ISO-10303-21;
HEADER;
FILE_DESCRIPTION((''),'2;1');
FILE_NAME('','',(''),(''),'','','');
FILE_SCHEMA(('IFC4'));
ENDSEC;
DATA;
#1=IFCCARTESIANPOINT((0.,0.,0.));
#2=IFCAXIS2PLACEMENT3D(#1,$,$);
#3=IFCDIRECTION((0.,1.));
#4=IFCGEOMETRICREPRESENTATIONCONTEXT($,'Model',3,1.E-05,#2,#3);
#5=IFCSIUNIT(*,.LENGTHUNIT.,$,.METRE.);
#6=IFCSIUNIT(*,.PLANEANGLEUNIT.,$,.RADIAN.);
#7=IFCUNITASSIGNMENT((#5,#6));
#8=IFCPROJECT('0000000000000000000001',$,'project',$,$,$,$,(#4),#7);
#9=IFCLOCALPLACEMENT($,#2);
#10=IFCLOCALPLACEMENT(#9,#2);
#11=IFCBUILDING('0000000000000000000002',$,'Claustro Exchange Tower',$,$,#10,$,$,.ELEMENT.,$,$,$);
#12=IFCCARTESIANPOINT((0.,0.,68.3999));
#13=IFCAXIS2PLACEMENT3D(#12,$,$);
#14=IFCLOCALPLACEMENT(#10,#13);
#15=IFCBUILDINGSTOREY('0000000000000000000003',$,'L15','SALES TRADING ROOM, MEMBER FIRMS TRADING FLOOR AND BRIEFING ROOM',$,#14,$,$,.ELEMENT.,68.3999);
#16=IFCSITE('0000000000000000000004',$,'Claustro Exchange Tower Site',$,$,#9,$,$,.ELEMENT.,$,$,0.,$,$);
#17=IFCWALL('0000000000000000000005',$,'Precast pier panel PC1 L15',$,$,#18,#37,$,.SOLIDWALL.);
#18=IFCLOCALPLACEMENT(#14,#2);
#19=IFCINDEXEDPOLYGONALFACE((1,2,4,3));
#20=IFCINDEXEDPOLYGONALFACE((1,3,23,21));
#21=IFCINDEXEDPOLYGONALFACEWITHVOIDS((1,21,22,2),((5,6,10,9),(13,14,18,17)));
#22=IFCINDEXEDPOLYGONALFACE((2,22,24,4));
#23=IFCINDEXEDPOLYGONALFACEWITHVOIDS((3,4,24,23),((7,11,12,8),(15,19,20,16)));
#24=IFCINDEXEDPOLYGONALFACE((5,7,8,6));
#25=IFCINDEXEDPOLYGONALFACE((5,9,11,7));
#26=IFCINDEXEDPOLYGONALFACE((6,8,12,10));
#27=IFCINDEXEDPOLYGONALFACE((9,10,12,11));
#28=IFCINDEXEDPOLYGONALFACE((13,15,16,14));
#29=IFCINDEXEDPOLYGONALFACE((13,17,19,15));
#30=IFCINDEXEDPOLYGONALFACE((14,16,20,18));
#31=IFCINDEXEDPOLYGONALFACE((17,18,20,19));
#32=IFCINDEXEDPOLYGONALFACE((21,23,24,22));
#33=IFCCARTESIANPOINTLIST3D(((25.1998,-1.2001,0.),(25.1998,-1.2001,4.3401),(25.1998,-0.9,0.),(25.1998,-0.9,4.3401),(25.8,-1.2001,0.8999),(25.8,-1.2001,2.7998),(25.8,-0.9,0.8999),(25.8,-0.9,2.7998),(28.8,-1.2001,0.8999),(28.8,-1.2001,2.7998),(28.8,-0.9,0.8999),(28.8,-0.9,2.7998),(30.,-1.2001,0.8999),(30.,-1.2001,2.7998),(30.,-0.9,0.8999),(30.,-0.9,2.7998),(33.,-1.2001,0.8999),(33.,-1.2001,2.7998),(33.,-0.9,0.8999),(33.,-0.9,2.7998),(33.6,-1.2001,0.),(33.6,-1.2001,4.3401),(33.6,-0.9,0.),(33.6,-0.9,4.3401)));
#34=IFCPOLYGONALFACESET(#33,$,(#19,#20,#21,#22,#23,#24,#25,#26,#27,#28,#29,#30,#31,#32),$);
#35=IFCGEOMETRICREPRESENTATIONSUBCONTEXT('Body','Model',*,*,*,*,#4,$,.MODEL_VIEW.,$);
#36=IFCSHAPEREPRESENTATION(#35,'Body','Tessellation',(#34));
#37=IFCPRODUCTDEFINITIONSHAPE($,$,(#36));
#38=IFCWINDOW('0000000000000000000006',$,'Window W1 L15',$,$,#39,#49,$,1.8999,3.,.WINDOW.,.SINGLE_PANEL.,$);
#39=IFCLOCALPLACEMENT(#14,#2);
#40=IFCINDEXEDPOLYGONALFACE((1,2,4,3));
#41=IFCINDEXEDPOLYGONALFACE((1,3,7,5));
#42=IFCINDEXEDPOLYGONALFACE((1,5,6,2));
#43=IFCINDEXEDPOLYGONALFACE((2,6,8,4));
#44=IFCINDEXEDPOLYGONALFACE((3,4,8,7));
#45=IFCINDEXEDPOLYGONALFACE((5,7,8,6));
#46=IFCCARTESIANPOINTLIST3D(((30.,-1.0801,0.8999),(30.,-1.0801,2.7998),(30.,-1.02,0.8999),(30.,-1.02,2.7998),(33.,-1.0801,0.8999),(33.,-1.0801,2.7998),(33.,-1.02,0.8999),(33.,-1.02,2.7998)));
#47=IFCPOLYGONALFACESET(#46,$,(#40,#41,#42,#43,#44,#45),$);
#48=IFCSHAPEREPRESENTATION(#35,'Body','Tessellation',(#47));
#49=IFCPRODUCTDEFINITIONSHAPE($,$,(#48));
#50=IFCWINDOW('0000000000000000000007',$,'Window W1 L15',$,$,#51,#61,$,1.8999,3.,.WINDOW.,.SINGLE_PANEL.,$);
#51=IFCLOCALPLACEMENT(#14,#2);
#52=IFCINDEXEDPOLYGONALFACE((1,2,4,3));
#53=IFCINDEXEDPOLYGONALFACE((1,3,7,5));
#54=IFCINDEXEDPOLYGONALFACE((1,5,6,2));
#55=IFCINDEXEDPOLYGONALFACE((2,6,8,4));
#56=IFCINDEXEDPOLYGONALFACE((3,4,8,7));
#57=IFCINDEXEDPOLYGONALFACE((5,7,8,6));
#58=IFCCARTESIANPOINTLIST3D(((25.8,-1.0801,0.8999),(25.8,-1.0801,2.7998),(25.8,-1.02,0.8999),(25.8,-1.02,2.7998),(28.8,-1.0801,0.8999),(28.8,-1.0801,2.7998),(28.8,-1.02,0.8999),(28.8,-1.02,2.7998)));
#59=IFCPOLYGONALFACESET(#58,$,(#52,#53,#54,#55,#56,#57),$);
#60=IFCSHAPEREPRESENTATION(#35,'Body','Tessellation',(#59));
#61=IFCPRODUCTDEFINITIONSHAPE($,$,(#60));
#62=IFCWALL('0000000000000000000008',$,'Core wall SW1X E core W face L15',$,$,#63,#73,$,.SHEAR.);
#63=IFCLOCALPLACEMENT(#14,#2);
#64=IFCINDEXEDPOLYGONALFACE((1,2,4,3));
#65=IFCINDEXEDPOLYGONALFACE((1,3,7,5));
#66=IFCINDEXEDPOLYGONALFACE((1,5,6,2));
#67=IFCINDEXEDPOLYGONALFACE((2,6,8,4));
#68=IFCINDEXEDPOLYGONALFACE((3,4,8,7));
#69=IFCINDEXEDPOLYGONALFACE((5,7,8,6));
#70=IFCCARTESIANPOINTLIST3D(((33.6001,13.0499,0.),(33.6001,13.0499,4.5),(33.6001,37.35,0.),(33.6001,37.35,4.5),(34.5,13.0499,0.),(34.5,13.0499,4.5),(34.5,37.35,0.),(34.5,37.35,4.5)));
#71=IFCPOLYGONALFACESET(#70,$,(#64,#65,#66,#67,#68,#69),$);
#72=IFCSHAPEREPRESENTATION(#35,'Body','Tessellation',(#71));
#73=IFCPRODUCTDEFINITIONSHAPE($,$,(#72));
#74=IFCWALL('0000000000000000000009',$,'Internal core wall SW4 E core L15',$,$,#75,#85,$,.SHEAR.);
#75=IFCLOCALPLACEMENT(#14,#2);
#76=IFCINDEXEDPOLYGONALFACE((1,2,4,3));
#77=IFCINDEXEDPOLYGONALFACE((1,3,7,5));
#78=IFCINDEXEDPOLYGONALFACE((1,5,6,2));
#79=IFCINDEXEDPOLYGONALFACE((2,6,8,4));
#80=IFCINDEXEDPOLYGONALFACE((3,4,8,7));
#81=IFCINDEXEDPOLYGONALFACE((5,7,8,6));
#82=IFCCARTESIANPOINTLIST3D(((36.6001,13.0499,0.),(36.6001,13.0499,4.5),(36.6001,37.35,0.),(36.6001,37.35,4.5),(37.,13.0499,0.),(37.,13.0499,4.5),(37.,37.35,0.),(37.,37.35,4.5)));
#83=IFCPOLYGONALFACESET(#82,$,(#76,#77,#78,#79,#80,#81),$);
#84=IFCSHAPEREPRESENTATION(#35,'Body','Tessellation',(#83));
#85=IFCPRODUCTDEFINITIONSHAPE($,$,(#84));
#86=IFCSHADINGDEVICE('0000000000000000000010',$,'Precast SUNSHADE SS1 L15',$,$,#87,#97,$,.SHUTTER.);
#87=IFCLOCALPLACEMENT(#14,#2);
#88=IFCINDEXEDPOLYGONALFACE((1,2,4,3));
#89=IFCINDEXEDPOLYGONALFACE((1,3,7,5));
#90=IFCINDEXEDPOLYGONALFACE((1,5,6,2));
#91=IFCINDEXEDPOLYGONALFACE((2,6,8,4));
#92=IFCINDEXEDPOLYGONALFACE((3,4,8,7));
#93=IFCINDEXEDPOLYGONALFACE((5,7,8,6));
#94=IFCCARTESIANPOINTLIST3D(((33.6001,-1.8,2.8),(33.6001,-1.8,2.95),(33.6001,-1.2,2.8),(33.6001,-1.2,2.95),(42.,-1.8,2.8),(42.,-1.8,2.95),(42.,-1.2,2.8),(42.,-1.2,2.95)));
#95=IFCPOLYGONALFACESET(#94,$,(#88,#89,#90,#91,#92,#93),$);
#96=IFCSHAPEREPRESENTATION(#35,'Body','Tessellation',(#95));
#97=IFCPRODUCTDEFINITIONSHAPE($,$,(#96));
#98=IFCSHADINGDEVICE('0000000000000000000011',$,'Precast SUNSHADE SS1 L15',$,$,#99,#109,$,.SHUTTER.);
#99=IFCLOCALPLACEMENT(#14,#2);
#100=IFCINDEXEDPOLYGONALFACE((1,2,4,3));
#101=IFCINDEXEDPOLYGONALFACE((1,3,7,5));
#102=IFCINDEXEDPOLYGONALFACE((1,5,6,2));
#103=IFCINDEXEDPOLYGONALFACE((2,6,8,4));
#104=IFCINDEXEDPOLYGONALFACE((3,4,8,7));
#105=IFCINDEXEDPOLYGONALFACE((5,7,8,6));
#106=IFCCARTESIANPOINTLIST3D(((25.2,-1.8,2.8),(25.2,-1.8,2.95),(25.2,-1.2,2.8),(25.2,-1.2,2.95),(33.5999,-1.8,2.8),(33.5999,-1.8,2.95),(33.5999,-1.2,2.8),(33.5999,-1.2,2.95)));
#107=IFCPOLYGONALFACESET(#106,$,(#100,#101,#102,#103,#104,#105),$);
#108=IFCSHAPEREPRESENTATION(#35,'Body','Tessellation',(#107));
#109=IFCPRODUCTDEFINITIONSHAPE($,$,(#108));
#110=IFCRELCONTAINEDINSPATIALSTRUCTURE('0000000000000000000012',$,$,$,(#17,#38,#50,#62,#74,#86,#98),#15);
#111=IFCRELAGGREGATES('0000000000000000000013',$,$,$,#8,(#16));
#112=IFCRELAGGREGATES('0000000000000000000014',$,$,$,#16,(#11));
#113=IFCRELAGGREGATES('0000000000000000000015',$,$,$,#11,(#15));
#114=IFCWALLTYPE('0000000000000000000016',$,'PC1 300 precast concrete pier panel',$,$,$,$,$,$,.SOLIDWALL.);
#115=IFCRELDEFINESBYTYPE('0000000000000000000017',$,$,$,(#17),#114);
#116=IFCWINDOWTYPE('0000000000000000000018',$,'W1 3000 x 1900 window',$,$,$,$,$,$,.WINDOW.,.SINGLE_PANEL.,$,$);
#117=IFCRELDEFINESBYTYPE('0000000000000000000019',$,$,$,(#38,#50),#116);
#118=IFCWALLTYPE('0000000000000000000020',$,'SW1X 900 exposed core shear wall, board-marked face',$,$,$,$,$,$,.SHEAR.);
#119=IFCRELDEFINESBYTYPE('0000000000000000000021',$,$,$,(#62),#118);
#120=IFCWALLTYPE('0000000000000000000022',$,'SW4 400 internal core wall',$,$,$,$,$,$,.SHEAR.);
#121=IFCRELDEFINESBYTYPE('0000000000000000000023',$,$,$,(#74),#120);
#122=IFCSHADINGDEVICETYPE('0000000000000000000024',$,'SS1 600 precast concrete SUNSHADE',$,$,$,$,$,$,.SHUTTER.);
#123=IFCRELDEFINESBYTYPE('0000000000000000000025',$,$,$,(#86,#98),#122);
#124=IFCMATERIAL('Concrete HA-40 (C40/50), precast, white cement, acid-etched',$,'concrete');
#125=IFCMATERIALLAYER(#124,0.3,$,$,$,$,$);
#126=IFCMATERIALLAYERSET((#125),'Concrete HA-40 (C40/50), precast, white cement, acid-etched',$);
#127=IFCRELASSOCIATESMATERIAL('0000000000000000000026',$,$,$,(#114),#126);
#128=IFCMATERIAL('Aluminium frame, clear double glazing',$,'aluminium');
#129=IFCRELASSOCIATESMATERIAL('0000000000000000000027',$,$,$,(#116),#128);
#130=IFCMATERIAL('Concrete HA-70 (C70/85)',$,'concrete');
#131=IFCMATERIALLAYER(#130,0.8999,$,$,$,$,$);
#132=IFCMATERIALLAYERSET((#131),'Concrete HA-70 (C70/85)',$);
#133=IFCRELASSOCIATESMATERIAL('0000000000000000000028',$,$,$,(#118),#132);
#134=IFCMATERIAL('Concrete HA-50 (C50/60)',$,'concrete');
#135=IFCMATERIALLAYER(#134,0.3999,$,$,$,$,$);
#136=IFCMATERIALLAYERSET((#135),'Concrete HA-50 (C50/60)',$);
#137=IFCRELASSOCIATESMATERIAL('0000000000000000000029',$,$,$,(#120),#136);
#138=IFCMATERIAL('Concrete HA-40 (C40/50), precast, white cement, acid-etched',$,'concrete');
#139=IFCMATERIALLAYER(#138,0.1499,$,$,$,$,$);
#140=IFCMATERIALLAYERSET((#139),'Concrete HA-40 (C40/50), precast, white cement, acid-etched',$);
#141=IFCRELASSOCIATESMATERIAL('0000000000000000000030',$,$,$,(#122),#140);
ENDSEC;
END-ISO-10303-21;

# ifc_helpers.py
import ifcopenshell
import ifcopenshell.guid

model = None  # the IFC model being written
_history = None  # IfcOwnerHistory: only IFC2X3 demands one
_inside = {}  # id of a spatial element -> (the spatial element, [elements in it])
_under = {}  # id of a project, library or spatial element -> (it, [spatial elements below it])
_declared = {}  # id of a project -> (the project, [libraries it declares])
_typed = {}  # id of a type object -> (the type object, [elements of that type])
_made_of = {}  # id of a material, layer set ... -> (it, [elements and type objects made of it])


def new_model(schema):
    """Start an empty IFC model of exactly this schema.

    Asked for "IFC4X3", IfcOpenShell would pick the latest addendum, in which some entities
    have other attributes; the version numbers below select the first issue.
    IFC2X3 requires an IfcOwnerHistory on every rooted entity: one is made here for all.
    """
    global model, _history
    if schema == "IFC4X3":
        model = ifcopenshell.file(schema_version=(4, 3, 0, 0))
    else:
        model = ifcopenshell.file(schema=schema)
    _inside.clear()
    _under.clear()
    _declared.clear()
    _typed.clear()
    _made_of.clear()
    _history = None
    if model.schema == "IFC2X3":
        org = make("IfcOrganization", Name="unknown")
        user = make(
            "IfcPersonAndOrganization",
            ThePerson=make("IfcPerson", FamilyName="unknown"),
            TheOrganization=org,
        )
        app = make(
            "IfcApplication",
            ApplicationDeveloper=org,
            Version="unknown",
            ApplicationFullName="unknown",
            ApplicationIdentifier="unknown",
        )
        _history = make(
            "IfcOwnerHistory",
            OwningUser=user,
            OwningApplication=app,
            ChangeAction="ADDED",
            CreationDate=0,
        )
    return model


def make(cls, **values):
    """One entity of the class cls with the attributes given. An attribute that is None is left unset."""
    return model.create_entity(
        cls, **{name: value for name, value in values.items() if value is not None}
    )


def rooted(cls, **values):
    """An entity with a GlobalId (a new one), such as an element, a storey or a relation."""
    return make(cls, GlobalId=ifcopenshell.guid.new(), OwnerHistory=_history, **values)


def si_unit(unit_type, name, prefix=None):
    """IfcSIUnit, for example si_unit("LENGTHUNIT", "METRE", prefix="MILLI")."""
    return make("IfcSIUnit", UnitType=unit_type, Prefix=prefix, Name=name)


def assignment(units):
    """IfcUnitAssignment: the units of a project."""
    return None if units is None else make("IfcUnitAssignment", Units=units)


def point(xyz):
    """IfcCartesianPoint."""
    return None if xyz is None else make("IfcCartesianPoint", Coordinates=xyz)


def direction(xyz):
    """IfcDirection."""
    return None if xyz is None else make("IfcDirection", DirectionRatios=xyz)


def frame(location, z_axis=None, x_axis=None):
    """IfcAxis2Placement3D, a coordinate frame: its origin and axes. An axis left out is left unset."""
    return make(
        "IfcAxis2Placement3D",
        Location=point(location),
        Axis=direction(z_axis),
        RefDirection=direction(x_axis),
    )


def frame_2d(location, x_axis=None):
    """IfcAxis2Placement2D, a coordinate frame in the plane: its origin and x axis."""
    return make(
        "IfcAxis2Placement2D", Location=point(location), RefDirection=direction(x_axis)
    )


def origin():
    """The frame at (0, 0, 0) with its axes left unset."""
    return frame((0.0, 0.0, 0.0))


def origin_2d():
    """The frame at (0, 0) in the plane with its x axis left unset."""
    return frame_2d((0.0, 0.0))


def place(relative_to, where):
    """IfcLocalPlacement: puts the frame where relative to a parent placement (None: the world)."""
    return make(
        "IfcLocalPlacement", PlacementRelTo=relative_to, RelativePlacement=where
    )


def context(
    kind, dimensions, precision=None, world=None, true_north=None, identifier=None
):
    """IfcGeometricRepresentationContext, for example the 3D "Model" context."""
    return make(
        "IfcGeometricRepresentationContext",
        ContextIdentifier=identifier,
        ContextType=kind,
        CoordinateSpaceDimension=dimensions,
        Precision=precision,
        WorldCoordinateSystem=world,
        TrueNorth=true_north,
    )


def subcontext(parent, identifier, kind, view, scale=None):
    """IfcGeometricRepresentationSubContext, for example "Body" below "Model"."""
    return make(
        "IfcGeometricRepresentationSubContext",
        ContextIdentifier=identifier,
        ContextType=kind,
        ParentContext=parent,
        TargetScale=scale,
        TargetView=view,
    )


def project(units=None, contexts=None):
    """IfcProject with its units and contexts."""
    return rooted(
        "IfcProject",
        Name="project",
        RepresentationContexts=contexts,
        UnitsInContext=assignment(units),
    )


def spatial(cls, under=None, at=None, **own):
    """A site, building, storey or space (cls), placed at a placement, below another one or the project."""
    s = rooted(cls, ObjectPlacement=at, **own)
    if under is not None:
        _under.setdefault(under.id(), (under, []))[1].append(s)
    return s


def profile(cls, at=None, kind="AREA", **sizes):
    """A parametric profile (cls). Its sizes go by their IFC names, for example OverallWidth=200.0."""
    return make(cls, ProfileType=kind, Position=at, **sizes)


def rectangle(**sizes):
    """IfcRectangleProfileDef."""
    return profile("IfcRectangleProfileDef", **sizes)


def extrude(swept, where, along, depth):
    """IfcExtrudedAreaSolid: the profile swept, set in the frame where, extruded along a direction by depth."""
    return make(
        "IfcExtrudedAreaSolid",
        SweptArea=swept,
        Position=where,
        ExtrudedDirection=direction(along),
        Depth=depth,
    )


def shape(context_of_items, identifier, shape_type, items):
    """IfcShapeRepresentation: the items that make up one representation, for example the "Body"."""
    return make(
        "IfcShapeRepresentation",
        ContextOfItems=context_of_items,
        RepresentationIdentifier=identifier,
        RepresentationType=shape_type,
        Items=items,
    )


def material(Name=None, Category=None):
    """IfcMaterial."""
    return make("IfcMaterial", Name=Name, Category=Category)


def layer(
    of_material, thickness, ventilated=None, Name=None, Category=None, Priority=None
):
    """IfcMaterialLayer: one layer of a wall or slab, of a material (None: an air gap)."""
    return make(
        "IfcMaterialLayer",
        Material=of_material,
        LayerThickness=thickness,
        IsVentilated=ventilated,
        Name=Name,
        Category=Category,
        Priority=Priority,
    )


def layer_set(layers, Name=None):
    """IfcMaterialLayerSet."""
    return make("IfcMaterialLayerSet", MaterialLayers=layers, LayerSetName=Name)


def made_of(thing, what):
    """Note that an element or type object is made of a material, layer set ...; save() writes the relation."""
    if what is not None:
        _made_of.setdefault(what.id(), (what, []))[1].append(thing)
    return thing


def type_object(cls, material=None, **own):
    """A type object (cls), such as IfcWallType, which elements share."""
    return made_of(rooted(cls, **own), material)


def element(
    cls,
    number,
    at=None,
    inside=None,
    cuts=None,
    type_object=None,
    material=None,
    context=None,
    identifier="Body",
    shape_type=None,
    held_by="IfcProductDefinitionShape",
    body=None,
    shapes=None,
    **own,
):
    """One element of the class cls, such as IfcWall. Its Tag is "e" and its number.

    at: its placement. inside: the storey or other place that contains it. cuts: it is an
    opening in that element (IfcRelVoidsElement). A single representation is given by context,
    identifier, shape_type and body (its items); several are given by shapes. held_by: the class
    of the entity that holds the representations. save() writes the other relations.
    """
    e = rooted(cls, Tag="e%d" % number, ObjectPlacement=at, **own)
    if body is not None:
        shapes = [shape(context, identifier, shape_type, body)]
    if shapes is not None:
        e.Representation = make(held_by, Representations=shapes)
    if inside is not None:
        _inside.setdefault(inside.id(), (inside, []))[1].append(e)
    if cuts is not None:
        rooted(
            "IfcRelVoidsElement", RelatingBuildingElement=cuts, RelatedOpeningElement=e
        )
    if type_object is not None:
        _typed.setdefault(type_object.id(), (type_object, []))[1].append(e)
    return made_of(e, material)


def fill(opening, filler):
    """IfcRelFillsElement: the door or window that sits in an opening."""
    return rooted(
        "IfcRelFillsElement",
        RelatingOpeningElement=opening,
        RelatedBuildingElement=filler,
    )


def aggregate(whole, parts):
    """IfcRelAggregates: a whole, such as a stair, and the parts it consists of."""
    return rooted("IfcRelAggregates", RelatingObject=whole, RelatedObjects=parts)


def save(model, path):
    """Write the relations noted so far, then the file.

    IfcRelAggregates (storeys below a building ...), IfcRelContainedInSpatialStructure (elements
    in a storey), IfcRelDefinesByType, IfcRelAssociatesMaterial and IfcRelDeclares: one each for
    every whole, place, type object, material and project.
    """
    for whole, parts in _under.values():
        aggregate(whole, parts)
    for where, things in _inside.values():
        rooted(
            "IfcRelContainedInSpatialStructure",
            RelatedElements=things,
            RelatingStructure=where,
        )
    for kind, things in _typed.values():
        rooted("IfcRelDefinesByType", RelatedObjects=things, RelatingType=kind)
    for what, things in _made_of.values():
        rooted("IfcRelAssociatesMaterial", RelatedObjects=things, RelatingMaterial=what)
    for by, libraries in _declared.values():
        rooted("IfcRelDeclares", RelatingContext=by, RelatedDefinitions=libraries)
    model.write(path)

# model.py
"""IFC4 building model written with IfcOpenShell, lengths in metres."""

from ifc_helpers import new_model, si_unit, direction, frame, frame_2d, origin, origin_2d, place, context, subcontext, project, spatial, rectangle, extrude, material, layer, layer_set, type_object, element, fill, save


model = new_model("IFC4")

# Units and contexts
model_context = context("Model", 3, precision=1e-05, world=origin(), true_north=direction((0.0, 1.0)))
body_context = subcontext(model_context, "Body", "Model", "MODEL_VIEW")
ifc_project = project(units=[si_unit("LENGTHUNIT", "METRE"), si_unit("PLANEANGLEUNIT", "RADIAN")], contexts=[model_context])

# Site, building, storey
site_placement = place(None, origin())
site = spatial("IfcSite", under=ifc_project, at=site_placement, Name="Claustro Exchange Tower Site", CompositionType="ELEMENT", RefElevation=0.0)
building_placement = place(site_placement, origin())
building = spatial("IfcBuilding", under=site, at=building_placement, Name="Claustro Exchange Tower", CompositionType="ELEMENT")
storey_placement = place(building_placement, frame((0.0, 0.0, 68.3999)))
storey = spatial("IfcBuildingStorey", under=building, at=storey_placement, Name="L15", Description="SALES TRADING ROOM, MEMBER FIRMS TRADING FLOOR AND BRIEFING ROOM", CompositionType="ELEMENT", Elevation=68.3999)

# Wall, openings, windows
ifc_material_1 = material(Name="Concrete HA-40 (C40/50), precast, white cement, acid-etched", Category="concrete")
ifc_layer_1 = layer(ifc_material_1, 0.3)
ifc_layer_set_1 = layer_set([ifc_layer_1], Name="Concrete HA-40 (C40/50), precast, white cement, acid-etched")
wall_type_1 = type_object("IfcWallType", Name="PC1 300 precast concrete pier panel", PredefinedType="SOLIDWALL", material=ifc_layer_set_1)
wall_1_placement = place(storey_placement, frame((33.6001, -1.05, 0.0), z_axis=(0.0, 0.0, 1.0), x_axis=(-1.0, 0.0, 0.0)))
wall_1 = element("IfcWall", 1, at=wall_1_placement, inside=storey, type_object=wall_type_1, Name="Precast pier panel PC1 L15", PredefinedType="SOLIDWALL", context=body_context, shape_type="SweptSolid", body=[
    extrude(rectangle(XDim=8.4001, YDim=0.3, at=frame_2d((4.2002, 0.0))), origin(), (0.0, 0.0, 1.0), 4.3401),
])
opening_1_placement = place(wall_1_placement, frame((0.6001, 0.0, 0.8999)))
opening_1 = element("IfcOpeningElement", 2, at=opening_1_placement, cuts=wall_1, PredefinedType="OPENING", context=body_context, shape_type="SweptSolid", body=[
    extrude(rectangle(XDim=3.0, YDim=1.8999, at=frame_2d((1.5, 0.95))), frame((0.0, 0.1599, 0.0), z_axis=(0.0, -1.0, 0.0), x_axis=(1.0, 0.0, 0.0)), (0.0, 0.0, 1.0), 0.3201),
])
opening_2_placement = place(wall_1_placement, frame((4.8, 0.0, 0.8999)))
opening_2 = element("IfcOpeningElement", 3, at=opening_2_placement, cuts=wall_1, PredefinedType="OPENING", context=body_context, shape_type="SweptSolid", body=[
    extrude(rectangle(XDim=3.0, YDim=1.8999, at=frame_2d((1.5, 0.95))), frame((0.0, 0.1599, 0.0), z_axis=(0.0, -1.0, 0.0), x_axis=(1.0, 0.0, 0.0)), (0.0, 0.0, 1.0), 0.3201),
])
ifc_material_2 = material(Name="Aluminium frame, clear double glazing", Category="aluminium")
window_type = type_object("IfcWindowType", Name="W1 3000 x 1900 window", PartitioningType="SINGLE_PANEL", PredefinedType="WINDOW", material=ifc_material_2)
window_1_placement = place(opening_1_placement, origin())
window_1 = element("IfcWindow", 4, at=window_1_placement, inside=storey, type_object=window_type, Name="Window W1 L15", OverallHeight=1.8999, OverallWidth=3.0, PartitioningType="SINGLE_PANEL", PredefinedType="WINDOW", context=body_context, shape_type="SweptSolid", body=[
    extrude(rectangle(XDim=3.0, YDim=1.8999, at=frame_2d((1.5, 0.95))), frame((0.0, 0.03, 0.0), z_axis=(0.0, -1.0, 0.0), x_axis=(1.0, 0.0, 0.0)), (0.0, 0.0, 1.0), 0.0601),
])
fill(opening_1, window_1)
window_2_placement = place(opening_2_placement, origin())
window_2 = element("IfcWindow", 5, at=window_2_placement, inside=storey, type_object=window_type, Name="Window W1 L15", OverallHeight=1.8999, OverallWidth=3.0, PartitioningType="SINGLE_PANEL", PredefinedType="WINDOW", context=body_context, shape_type="SweptSolid", body=[
    extrude(rectangle(XDim=3.0, YDim=1.8999, at=frame_2d((1.5, 0.95))), frame((0.0, 0.03, 0.0), z_axis=(0.0, -1.0, 0.0), x_axis=(1.0, 0.0, 0.0)), (0.0, 0.0, 1.0), 0.0601),
])
fill(opening_2, window_2)

# Walls
ifc_material_3 = material(Name="Concrete HA-70 (C70/85)", Category="concrete")
ifc_layer_2 = layer(ifc_material_3, 0.8999)
ifc_layer_set_2 = layer_set([ifc_layer_2], Name="Concrete HA-70 (C70/85)")
wall_type_2 = type_object("IfcWallType", Name="SW1X 900 exposed core shear wall, board-marked face", PredefinedType="SHEAR", material=ifc_layer_set_2)
wall_2_placement = place(storey_placement, frame((34.05, 13.05, 0.0), z_axis=(0.0, 0.0, 1.0), x_axis=(0.0, 1.0, 0.0)))
element("IfcWall", 6, at=wall_2_placement, inside=storey, type_object=wall_type_2, Name="Core wall SW1X E core W face L15", PredefinedType="SHEAR", context=body_context, shape_type="SweptSolid", body=[
    extrude(rectangle(XDim=24.3, YDim=0.8999, at=frame_2d((12.1499, 0.0))), origin(), (0.0, 0.0, 1.0), 4.5),
])
ifc_material_4 = material(Name="Concrete HA-50 (C50/60)", Category="concrete")
ifc_layer_3 = layer(ifc_material_4, 0.3999)
ifc_layer_set_3 = layer_set([ifc_layer_3], Name="Concrete HA-50 (C50/60)")
wall_type_3 = type_object("IfcWallType", Name="SW4 400 internal core wall", PredefinedType="SHEAR", material=ifc_layer_set_3)
wall_3_placement = place(storey_placement, frame((36.8, 13.05, 0.0), z_axis=(0.0, 0.0, 1.0), x_axis=(0.0, 1.0, 0.0)))
element("IfcWall", 7, at=wall_3_placement, inside=storey, type_object=wall_type_3, Name="Internal core wall SW4 E core L15", PredefinedType="SHEAR", context=body_context, shape_type="SweptSolid", body=[
    extrude(rectangle(XDim=24.3, YDim=0.3999, at=frame_2d((12.1499, 0.0))), origin(), (0.0, 0.0, 1.0), 4.5),
])

# Shading devices
ifc_material_5 = material(Name="Concrete HA-40 (C40/50), precast, white cement, acid-etched", Category="concrete")
ifc_layer_4 = layer(ifc_material_5, 0.1499)
ifc_layer_set_4 = layer_set([ifc_layer_4], Name="Concrete HA-40 (C40/50), precast, white cement, acid-etched")
shading_device_type = type_object("IfcShadingDeviceType", Name="SS1 600 precast concrete SUNSHADE", PredefinedType="SHUTTER", material=ifc_layer_set_4)
for number, where, z_axis, x_axis, name in (
    (8, (37.8, -1.5, 2.8), (0.0, 0.0, 1.0), (-1.0, 0.0, 0.0), "Precast SUNSHADE SS1 L15"),
    (9, (29.3999, -1.5, 2.8), (0.0, 0.0, 1.0), (-1.0, 0.0, 0.0), "Precast SUNSHADE SS1 L15"),
):
    element("IfcShadingDevice", number, at=place(storey_placement, frame(where, z_axis=z_axis, x_axis=x_axis)), inside=storey, type_object=shading_device_type, Name=name, PredefinedType="SHUTTER", context=body_context, shape_type="SweptSolid", body=[
        extrude(rectangle(XDim=8.3999, YDim=0.6001, at=origin_2d()), origin(), (0.0, 0.0, 1.0), 0.1499),
    ])

save(model, "model.ifc")
